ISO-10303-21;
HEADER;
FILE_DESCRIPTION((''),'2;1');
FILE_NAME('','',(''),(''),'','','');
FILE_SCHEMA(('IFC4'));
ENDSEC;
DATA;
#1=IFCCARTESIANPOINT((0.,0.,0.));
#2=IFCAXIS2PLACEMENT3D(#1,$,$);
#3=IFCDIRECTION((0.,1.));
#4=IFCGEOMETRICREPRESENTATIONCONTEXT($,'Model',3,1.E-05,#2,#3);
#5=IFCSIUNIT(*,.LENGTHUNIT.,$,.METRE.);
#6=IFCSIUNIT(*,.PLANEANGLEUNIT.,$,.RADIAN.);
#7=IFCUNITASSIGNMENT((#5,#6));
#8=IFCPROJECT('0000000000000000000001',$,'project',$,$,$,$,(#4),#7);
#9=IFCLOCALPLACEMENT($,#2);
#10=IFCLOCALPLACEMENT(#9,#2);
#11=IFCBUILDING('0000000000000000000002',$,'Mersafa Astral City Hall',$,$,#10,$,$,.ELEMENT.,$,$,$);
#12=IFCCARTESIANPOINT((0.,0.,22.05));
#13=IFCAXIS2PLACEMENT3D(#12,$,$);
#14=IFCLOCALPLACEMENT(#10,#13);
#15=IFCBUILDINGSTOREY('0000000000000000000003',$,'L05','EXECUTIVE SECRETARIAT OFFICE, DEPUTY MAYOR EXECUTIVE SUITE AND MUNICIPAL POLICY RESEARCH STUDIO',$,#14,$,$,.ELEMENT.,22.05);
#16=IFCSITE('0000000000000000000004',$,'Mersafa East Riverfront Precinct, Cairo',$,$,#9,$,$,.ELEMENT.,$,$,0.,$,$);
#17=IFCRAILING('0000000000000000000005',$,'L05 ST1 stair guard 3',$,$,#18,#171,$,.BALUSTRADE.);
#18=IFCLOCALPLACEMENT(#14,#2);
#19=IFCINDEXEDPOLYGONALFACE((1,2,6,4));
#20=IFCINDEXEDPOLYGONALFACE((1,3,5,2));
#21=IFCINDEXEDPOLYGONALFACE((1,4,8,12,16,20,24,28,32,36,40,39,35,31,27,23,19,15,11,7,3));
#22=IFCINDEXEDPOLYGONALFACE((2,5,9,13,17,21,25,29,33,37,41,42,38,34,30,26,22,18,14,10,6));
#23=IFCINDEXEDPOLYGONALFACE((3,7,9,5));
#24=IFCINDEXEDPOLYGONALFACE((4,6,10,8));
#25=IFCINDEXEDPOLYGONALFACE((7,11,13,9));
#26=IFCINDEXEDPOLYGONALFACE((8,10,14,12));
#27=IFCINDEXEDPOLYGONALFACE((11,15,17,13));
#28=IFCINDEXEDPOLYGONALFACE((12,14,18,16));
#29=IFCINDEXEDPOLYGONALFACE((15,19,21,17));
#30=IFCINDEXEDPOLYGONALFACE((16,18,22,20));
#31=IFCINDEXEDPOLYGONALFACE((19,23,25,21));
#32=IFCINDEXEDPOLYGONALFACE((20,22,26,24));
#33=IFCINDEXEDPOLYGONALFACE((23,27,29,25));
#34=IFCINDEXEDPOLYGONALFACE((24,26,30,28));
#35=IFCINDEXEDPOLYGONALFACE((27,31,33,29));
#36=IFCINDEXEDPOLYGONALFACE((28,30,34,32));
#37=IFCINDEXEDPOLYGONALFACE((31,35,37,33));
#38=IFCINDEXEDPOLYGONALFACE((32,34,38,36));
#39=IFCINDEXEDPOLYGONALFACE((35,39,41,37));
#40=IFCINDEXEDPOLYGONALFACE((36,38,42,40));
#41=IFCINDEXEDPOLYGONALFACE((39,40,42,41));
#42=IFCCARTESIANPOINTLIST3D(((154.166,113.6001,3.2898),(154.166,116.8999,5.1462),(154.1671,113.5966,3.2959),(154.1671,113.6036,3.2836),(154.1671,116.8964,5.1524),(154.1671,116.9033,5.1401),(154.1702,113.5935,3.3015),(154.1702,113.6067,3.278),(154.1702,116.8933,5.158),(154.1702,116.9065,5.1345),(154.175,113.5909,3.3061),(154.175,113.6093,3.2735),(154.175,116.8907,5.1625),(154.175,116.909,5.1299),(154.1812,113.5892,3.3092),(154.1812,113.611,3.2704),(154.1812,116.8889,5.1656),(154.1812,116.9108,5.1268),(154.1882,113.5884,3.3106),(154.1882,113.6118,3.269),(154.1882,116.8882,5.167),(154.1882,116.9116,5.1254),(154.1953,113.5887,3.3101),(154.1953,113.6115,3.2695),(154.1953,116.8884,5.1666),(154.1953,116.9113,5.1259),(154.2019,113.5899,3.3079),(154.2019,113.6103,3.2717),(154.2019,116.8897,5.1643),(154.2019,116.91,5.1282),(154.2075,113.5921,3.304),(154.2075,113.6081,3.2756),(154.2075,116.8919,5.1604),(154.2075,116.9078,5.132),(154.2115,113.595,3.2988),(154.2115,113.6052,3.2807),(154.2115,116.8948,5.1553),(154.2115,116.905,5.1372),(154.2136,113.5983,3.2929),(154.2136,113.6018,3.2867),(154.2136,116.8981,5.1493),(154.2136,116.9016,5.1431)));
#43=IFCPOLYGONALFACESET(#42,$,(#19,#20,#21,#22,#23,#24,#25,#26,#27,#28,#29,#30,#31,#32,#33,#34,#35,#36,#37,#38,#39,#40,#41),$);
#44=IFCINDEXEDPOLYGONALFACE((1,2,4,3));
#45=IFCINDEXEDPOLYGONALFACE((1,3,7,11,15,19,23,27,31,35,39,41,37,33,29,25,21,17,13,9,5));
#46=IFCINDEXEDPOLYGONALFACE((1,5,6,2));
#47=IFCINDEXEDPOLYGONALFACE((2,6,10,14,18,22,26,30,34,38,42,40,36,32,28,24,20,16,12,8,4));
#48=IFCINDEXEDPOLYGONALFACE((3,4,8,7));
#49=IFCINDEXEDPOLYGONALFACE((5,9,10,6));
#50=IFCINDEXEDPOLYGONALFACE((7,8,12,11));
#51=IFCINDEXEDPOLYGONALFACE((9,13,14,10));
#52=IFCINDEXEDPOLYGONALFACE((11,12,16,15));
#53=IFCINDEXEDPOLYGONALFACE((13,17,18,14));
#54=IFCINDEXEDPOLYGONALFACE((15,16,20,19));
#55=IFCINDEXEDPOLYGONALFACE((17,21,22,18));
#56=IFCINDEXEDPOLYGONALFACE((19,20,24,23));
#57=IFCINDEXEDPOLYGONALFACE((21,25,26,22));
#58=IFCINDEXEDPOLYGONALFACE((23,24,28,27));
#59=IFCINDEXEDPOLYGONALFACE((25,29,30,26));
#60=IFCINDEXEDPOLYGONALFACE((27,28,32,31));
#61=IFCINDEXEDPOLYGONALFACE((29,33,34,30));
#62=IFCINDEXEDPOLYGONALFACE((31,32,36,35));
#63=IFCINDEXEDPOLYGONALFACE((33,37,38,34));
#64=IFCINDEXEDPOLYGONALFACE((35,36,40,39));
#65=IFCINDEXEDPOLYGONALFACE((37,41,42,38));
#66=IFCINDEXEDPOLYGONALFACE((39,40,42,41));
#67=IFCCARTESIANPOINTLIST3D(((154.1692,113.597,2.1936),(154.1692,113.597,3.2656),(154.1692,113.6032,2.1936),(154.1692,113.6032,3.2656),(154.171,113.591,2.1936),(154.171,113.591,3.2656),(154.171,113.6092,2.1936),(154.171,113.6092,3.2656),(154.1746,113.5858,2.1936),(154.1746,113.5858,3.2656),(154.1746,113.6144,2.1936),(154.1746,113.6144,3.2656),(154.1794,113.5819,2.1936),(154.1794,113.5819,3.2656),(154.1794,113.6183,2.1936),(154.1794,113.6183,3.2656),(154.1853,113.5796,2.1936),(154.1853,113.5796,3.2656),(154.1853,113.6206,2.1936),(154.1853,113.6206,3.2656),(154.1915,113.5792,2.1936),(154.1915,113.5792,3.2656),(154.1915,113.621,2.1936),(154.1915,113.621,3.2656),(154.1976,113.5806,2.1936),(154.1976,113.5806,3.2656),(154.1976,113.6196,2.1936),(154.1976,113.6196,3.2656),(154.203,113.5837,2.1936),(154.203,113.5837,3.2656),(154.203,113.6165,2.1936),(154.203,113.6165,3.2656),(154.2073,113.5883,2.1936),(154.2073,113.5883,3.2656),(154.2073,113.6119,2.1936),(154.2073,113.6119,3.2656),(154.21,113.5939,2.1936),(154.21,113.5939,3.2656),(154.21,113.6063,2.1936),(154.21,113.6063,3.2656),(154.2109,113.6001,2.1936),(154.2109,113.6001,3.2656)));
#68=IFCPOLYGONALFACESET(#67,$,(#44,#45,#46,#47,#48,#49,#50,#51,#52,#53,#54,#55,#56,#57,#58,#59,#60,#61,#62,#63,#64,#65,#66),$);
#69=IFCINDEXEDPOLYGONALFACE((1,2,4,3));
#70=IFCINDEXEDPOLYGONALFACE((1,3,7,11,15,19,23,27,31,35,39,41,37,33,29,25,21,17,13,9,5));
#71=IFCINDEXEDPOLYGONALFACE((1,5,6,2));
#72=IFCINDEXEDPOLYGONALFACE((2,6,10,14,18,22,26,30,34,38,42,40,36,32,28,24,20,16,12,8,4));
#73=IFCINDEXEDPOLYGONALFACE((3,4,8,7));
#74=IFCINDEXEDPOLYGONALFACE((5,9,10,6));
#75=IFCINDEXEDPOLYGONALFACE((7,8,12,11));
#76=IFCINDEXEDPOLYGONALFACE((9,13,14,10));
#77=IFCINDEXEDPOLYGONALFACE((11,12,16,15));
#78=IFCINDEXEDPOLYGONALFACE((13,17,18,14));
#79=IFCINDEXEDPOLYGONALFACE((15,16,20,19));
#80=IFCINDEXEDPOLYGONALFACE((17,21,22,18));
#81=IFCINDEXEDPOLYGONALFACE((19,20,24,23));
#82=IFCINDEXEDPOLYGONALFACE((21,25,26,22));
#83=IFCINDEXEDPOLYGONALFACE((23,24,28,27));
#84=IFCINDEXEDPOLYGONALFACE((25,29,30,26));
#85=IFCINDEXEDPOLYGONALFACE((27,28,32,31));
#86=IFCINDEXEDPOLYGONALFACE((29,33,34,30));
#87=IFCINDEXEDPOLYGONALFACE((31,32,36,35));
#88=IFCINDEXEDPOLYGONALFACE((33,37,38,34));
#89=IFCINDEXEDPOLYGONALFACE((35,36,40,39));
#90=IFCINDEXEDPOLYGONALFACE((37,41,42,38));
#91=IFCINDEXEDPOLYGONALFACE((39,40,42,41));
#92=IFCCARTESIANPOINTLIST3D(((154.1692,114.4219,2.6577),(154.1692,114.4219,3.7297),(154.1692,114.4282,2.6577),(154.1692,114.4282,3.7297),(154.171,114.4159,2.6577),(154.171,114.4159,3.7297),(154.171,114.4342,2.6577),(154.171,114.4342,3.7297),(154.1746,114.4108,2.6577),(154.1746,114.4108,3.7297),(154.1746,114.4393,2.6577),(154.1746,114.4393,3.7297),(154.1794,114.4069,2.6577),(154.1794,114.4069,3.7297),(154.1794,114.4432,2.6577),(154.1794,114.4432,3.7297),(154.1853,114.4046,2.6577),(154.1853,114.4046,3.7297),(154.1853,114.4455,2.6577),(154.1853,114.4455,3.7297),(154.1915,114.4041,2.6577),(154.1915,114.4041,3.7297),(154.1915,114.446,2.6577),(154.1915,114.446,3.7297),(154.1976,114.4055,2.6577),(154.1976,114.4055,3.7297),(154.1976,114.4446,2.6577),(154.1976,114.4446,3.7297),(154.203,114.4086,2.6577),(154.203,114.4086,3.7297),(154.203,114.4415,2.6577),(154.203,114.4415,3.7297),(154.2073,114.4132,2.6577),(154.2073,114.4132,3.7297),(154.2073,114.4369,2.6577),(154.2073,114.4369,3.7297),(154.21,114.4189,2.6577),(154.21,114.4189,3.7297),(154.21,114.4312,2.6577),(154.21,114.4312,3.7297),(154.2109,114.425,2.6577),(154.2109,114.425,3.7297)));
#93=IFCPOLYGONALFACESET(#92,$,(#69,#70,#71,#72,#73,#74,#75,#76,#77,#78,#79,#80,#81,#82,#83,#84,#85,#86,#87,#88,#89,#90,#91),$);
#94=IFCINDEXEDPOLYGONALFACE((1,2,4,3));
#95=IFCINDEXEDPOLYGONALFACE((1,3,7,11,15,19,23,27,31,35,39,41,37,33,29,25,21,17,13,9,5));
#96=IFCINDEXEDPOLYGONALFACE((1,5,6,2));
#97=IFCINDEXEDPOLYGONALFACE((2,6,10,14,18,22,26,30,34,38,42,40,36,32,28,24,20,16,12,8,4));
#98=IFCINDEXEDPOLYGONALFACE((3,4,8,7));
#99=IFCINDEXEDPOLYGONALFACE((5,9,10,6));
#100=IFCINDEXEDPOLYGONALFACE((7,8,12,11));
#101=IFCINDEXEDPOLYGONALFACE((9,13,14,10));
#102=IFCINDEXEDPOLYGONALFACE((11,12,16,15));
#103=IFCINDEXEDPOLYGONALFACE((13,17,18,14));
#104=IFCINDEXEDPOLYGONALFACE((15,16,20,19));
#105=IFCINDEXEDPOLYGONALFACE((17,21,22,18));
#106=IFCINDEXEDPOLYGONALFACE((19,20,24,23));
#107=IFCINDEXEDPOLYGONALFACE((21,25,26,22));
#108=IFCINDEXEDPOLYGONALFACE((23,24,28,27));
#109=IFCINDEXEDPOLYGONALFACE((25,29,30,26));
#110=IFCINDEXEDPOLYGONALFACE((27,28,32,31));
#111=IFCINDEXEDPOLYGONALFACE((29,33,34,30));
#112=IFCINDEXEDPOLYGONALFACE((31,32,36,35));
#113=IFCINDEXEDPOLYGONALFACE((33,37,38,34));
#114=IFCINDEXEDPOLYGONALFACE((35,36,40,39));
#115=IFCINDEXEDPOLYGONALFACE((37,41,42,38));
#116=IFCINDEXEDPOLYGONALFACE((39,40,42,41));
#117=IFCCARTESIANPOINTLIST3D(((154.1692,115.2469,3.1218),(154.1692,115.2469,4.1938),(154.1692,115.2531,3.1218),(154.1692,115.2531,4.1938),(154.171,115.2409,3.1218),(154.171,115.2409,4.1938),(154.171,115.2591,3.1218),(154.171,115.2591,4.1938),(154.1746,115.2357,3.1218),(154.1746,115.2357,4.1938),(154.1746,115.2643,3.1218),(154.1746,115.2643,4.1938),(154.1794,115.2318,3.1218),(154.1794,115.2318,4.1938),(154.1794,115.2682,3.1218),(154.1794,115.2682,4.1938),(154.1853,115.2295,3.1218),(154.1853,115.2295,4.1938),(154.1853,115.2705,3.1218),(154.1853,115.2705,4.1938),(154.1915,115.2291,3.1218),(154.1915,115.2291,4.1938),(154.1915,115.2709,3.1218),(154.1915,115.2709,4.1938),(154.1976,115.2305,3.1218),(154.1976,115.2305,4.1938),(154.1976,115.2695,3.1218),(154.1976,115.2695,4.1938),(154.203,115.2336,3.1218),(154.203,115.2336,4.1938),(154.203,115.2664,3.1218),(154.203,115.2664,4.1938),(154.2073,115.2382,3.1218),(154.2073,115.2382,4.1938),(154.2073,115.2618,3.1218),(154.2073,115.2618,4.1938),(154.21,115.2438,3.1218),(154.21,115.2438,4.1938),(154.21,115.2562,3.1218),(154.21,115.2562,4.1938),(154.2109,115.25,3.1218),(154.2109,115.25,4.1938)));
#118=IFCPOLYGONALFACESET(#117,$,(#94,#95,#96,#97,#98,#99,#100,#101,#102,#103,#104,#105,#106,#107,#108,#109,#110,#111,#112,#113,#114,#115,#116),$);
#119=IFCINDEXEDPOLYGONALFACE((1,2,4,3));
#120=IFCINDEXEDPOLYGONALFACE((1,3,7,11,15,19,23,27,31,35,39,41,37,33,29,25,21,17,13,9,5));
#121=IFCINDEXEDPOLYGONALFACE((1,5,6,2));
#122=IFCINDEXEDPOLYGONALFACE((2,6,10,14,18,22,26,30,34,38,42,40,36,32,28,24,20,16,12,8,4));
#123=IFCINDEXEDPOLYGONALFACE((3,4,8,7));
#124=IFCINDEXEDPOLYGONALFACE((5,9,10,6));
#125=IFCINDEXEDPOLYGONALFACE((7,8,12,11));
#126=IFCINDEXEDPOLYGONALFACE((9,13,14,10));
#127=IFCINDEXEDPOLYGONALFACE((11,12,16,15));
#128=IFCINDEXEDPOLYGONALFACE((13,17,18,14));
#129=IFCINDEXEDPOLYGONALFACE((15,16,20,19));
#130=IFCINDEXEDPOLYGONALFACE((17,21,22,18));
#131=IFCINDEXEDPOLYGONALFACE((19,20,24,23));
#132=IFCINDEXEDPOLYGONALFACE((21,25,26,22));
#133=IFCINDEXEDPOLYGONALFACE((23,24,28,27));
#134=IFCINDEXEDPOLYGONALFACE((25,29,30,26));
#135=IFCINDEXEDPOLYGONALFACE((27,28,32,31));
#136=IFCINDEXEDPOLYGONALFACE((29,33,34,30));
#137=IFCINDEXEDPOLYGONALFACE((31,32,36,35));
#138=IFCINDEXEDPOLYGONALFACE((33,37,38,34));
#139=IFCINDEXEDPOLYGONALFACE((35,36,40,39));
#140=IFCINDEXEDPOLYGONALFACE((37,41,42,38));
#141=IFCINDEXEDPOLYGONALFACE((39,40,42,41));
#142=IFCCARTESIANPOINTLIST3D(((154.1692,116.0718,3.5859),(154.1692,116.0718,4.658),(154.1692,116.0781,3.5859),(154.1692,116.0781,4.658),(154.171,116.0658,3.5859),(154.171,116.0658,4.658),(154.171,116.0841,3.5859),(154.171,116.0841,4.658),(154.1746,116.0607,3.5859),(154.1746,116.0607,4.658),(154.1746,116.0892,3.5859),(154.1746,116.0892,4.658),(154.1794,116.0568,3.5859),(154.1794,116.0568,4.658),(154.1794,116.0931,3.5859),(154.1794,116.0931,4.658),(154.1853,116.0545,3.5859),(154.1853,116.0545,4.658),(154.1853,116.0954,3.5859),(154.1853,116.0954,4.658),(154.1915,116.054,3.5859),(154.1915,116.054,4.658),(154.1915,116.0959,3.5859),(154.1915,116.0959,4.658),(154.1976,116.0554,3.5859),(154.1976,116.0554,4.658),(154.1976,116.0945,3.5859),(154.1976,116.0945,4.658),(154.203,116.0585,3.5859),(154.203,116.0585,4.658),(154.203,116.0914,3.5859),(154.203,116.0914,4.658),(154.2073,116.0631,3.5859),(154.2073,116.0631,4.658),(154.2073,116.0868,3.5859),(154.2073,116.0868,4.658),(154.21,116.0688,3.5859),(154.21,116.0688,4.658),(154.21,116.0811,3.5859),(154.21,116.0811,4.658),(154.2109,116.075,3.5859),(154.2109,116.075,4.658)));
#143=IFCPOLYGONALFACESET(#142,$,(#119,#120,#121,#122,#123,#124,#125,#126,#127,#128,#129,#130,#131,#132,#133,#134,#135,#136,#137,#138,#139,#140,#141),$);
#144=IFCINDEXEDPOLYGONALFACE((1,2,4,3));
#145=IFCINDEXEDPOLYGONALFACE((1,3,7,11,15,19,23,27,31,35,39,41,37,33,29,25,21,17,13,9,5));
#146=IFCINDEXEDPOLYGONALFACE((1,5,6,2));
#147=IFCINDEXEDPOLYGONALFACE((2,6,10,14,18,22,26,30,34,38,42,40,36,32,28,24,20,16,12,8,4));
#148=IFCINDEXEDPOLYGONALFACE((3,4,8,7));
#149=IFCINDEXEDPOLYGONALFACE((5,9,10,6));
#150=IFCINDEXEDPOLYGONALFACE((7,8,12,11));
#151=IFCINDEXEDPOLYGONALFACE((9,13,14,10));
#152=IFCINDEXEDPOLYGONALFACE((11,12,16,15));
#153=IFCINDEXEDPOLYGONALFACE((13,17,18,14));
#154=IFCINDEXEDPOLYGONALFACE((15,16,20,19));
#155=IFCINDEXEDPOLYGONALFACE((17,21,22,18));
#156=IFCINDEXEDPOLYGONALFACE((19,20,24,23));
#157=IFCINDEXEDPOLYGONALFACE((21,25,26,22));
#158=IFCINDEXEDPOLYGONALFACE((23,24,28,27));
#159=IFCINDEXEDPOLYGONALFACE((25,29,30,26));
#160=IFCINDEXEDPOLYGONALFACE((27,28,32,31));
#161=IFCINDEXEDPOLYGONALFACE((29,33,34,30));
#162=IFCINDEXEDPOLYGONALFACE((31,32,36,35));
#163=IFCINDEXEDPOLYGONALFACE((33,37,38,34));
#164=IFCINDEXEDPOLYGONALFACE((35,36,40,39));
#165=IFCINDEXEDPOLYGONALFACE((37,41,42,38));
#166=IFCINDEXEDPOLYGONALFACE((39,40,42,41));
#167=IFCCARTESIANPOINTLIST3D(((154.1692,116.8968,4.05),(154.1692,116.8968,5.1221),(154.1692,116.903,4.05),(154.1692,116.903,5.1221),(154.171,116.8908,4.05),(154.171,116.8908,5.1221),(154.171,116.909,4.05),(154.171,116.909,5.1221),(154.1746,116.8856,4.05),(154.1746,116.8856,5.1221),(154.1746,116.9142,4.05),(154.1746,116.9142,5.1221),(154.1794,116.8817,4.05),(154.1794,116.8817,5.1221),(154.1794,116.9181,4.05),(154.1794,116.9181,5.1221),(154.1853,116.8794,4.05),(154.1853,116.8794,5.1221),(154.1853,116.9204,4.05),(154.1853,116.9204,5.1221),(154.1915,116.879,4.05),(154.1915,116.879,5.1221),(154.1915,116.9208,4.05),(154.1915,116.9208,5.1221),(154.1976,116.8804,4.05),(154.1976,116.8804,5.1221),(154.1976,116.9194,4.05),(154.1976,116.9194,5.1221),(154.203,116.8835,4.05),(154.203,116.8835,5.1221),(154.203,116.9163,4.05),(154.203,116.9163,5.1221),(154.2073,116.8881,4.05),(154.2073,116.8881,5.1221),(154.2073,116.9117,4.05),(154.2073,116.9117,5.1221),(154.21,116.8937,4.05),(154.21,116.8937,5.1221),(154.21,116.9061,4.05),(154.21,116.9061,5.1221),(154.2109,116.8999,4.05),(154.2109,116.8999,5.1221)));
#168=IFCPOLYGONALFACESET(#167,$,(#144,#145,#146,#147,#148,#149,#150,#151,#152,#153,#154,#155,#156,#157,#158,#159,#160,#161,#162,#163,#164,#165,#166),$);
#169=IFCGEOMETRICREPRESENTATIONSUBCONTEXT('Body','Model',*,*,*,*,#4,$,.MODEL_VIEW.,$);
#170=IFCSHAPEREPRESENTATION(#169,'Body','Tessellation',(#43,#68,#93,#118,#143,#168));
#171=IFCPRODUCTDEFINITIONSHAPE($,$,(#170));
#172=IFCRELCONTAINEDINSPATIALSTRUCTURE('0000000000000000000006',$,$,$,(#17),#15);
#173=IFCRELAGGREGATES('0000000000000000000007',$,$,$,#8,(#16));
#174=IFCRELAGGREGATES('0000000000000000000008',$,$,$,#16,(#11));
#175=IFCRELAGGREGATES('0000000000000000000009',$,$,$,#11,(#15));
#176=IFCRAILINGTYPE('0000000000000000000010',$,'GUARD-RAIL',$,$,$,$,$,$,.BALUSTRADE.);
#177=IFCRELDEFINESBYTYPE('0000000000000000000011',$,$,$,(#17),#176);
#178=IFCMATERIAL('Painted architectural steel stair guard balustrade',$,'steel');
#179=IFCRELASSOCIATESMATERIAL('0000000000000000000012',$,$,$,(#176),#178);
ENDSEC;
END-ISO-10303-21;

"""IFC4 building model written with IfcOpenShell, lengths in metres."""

from ifc_helpers import new_model, si_unit, direction, frame, origin, origin_2d, place, context, subcontext, project, spatial, circle, extrude, material, type_object, element, save


model = new_model("IFC4")

# Units and contexts
model_context = context("Model", 3, precision=1e-05, world=origin(), true_north=direction((0.0, 1.0)))
body_context = subcontext(model_context, "Body", "Model", "MODEL_VIEW")
ifc_project = project(units=[si_unit("LENGTHUNIT", "METRE"), si_unit("PLANEANGLEUNIT", "RADIAN")], contexts=[model_context])

# Site, building, storey
site_placement = place(None, origin())
site = spatial("IfcSite", under=ifc_project, at=site_placement, Name="Mersafa East Riverfront Precinct, Cairo", CompositionType="ELEMENT", RefElevation=0.0)
building_placement = place(site_placement, origin())
building = spatial("IfcBuilding", under=site, at=building_placement, Name="Mersafa Astral City Hall", CompositionType="ELEMENT")
storey_placement = place(building_placement, frame((0.0, 0.0, 22.05)))
storey = spatial("IfcBuildingStorey", under=building, at=storey_placement, Name="L05", Description="EXECUTIVE SECRETARIAT OFFICE, DEPUTY MAYOR EXECUTIVE SUITE AND MUNICIPAL POLICY RESEARCH STUDIO", CompositionType="ELEMENT", Elevation=22.05)

# Railing
ifc_material_1 = material(Name="Painted architectural steel stair guard balustrade", Category="steel")
railing_type_1 = type_object("IfcRailingType", Name="GUARD-RAIL", PredefinedType="BALUSTRADE", material=ifc_material_1)
railing_1_placement = place(storey_placement, frame((154.1899, 113.6001, 2.1936)))
element("IfcRailing", 1, at=railing_1_placement, inside=storey, type_object=railing_type_1, Name="L05 ST1 stair guard 3", PredefinedType="BALUSTRADE", context=body_context, shape_type="SweptSolid", body=[
    extrude(circle(Radius=0.0239, at=origin_2d()), frame((0.0, 0.0, 1.0962), z_axis=(0.0, 0.871541, 0.490322), x_axis=(-1.0, 0.0, 0.0)), (0.0, 0.0, 1.0), 3.7861),
    extrude(circle(Radius=0.021, at=origin_2d()), origin(), (0.0, 0.0, 1.0), 1.072),
    extrude(circle(Radius=0.021, at=origin_2d()), frame((0.0, 0.825, 0.4641)), (0.0, 0.0, 1.0), 1.072),
    extrude(circle(Radius=0.021, at=origin_2d()), frame((0.0, 1.6499, 0.9282)), (0.0, 0.0, 1.0), 1.072),
    extrude(circle(Radius=0.021, at=origin_2d()), frame((0.0, 2.4749, 1.3923)), (0.0, 0.0, 1.0), 1.072),
    extrude(circle(Radius=0.021, at=origin_2d()), frame((0.0, 3.2998, 1.8564)), (0.0, 0.0, 1.0), 1.072),
])

save(model, "model.ifc")
